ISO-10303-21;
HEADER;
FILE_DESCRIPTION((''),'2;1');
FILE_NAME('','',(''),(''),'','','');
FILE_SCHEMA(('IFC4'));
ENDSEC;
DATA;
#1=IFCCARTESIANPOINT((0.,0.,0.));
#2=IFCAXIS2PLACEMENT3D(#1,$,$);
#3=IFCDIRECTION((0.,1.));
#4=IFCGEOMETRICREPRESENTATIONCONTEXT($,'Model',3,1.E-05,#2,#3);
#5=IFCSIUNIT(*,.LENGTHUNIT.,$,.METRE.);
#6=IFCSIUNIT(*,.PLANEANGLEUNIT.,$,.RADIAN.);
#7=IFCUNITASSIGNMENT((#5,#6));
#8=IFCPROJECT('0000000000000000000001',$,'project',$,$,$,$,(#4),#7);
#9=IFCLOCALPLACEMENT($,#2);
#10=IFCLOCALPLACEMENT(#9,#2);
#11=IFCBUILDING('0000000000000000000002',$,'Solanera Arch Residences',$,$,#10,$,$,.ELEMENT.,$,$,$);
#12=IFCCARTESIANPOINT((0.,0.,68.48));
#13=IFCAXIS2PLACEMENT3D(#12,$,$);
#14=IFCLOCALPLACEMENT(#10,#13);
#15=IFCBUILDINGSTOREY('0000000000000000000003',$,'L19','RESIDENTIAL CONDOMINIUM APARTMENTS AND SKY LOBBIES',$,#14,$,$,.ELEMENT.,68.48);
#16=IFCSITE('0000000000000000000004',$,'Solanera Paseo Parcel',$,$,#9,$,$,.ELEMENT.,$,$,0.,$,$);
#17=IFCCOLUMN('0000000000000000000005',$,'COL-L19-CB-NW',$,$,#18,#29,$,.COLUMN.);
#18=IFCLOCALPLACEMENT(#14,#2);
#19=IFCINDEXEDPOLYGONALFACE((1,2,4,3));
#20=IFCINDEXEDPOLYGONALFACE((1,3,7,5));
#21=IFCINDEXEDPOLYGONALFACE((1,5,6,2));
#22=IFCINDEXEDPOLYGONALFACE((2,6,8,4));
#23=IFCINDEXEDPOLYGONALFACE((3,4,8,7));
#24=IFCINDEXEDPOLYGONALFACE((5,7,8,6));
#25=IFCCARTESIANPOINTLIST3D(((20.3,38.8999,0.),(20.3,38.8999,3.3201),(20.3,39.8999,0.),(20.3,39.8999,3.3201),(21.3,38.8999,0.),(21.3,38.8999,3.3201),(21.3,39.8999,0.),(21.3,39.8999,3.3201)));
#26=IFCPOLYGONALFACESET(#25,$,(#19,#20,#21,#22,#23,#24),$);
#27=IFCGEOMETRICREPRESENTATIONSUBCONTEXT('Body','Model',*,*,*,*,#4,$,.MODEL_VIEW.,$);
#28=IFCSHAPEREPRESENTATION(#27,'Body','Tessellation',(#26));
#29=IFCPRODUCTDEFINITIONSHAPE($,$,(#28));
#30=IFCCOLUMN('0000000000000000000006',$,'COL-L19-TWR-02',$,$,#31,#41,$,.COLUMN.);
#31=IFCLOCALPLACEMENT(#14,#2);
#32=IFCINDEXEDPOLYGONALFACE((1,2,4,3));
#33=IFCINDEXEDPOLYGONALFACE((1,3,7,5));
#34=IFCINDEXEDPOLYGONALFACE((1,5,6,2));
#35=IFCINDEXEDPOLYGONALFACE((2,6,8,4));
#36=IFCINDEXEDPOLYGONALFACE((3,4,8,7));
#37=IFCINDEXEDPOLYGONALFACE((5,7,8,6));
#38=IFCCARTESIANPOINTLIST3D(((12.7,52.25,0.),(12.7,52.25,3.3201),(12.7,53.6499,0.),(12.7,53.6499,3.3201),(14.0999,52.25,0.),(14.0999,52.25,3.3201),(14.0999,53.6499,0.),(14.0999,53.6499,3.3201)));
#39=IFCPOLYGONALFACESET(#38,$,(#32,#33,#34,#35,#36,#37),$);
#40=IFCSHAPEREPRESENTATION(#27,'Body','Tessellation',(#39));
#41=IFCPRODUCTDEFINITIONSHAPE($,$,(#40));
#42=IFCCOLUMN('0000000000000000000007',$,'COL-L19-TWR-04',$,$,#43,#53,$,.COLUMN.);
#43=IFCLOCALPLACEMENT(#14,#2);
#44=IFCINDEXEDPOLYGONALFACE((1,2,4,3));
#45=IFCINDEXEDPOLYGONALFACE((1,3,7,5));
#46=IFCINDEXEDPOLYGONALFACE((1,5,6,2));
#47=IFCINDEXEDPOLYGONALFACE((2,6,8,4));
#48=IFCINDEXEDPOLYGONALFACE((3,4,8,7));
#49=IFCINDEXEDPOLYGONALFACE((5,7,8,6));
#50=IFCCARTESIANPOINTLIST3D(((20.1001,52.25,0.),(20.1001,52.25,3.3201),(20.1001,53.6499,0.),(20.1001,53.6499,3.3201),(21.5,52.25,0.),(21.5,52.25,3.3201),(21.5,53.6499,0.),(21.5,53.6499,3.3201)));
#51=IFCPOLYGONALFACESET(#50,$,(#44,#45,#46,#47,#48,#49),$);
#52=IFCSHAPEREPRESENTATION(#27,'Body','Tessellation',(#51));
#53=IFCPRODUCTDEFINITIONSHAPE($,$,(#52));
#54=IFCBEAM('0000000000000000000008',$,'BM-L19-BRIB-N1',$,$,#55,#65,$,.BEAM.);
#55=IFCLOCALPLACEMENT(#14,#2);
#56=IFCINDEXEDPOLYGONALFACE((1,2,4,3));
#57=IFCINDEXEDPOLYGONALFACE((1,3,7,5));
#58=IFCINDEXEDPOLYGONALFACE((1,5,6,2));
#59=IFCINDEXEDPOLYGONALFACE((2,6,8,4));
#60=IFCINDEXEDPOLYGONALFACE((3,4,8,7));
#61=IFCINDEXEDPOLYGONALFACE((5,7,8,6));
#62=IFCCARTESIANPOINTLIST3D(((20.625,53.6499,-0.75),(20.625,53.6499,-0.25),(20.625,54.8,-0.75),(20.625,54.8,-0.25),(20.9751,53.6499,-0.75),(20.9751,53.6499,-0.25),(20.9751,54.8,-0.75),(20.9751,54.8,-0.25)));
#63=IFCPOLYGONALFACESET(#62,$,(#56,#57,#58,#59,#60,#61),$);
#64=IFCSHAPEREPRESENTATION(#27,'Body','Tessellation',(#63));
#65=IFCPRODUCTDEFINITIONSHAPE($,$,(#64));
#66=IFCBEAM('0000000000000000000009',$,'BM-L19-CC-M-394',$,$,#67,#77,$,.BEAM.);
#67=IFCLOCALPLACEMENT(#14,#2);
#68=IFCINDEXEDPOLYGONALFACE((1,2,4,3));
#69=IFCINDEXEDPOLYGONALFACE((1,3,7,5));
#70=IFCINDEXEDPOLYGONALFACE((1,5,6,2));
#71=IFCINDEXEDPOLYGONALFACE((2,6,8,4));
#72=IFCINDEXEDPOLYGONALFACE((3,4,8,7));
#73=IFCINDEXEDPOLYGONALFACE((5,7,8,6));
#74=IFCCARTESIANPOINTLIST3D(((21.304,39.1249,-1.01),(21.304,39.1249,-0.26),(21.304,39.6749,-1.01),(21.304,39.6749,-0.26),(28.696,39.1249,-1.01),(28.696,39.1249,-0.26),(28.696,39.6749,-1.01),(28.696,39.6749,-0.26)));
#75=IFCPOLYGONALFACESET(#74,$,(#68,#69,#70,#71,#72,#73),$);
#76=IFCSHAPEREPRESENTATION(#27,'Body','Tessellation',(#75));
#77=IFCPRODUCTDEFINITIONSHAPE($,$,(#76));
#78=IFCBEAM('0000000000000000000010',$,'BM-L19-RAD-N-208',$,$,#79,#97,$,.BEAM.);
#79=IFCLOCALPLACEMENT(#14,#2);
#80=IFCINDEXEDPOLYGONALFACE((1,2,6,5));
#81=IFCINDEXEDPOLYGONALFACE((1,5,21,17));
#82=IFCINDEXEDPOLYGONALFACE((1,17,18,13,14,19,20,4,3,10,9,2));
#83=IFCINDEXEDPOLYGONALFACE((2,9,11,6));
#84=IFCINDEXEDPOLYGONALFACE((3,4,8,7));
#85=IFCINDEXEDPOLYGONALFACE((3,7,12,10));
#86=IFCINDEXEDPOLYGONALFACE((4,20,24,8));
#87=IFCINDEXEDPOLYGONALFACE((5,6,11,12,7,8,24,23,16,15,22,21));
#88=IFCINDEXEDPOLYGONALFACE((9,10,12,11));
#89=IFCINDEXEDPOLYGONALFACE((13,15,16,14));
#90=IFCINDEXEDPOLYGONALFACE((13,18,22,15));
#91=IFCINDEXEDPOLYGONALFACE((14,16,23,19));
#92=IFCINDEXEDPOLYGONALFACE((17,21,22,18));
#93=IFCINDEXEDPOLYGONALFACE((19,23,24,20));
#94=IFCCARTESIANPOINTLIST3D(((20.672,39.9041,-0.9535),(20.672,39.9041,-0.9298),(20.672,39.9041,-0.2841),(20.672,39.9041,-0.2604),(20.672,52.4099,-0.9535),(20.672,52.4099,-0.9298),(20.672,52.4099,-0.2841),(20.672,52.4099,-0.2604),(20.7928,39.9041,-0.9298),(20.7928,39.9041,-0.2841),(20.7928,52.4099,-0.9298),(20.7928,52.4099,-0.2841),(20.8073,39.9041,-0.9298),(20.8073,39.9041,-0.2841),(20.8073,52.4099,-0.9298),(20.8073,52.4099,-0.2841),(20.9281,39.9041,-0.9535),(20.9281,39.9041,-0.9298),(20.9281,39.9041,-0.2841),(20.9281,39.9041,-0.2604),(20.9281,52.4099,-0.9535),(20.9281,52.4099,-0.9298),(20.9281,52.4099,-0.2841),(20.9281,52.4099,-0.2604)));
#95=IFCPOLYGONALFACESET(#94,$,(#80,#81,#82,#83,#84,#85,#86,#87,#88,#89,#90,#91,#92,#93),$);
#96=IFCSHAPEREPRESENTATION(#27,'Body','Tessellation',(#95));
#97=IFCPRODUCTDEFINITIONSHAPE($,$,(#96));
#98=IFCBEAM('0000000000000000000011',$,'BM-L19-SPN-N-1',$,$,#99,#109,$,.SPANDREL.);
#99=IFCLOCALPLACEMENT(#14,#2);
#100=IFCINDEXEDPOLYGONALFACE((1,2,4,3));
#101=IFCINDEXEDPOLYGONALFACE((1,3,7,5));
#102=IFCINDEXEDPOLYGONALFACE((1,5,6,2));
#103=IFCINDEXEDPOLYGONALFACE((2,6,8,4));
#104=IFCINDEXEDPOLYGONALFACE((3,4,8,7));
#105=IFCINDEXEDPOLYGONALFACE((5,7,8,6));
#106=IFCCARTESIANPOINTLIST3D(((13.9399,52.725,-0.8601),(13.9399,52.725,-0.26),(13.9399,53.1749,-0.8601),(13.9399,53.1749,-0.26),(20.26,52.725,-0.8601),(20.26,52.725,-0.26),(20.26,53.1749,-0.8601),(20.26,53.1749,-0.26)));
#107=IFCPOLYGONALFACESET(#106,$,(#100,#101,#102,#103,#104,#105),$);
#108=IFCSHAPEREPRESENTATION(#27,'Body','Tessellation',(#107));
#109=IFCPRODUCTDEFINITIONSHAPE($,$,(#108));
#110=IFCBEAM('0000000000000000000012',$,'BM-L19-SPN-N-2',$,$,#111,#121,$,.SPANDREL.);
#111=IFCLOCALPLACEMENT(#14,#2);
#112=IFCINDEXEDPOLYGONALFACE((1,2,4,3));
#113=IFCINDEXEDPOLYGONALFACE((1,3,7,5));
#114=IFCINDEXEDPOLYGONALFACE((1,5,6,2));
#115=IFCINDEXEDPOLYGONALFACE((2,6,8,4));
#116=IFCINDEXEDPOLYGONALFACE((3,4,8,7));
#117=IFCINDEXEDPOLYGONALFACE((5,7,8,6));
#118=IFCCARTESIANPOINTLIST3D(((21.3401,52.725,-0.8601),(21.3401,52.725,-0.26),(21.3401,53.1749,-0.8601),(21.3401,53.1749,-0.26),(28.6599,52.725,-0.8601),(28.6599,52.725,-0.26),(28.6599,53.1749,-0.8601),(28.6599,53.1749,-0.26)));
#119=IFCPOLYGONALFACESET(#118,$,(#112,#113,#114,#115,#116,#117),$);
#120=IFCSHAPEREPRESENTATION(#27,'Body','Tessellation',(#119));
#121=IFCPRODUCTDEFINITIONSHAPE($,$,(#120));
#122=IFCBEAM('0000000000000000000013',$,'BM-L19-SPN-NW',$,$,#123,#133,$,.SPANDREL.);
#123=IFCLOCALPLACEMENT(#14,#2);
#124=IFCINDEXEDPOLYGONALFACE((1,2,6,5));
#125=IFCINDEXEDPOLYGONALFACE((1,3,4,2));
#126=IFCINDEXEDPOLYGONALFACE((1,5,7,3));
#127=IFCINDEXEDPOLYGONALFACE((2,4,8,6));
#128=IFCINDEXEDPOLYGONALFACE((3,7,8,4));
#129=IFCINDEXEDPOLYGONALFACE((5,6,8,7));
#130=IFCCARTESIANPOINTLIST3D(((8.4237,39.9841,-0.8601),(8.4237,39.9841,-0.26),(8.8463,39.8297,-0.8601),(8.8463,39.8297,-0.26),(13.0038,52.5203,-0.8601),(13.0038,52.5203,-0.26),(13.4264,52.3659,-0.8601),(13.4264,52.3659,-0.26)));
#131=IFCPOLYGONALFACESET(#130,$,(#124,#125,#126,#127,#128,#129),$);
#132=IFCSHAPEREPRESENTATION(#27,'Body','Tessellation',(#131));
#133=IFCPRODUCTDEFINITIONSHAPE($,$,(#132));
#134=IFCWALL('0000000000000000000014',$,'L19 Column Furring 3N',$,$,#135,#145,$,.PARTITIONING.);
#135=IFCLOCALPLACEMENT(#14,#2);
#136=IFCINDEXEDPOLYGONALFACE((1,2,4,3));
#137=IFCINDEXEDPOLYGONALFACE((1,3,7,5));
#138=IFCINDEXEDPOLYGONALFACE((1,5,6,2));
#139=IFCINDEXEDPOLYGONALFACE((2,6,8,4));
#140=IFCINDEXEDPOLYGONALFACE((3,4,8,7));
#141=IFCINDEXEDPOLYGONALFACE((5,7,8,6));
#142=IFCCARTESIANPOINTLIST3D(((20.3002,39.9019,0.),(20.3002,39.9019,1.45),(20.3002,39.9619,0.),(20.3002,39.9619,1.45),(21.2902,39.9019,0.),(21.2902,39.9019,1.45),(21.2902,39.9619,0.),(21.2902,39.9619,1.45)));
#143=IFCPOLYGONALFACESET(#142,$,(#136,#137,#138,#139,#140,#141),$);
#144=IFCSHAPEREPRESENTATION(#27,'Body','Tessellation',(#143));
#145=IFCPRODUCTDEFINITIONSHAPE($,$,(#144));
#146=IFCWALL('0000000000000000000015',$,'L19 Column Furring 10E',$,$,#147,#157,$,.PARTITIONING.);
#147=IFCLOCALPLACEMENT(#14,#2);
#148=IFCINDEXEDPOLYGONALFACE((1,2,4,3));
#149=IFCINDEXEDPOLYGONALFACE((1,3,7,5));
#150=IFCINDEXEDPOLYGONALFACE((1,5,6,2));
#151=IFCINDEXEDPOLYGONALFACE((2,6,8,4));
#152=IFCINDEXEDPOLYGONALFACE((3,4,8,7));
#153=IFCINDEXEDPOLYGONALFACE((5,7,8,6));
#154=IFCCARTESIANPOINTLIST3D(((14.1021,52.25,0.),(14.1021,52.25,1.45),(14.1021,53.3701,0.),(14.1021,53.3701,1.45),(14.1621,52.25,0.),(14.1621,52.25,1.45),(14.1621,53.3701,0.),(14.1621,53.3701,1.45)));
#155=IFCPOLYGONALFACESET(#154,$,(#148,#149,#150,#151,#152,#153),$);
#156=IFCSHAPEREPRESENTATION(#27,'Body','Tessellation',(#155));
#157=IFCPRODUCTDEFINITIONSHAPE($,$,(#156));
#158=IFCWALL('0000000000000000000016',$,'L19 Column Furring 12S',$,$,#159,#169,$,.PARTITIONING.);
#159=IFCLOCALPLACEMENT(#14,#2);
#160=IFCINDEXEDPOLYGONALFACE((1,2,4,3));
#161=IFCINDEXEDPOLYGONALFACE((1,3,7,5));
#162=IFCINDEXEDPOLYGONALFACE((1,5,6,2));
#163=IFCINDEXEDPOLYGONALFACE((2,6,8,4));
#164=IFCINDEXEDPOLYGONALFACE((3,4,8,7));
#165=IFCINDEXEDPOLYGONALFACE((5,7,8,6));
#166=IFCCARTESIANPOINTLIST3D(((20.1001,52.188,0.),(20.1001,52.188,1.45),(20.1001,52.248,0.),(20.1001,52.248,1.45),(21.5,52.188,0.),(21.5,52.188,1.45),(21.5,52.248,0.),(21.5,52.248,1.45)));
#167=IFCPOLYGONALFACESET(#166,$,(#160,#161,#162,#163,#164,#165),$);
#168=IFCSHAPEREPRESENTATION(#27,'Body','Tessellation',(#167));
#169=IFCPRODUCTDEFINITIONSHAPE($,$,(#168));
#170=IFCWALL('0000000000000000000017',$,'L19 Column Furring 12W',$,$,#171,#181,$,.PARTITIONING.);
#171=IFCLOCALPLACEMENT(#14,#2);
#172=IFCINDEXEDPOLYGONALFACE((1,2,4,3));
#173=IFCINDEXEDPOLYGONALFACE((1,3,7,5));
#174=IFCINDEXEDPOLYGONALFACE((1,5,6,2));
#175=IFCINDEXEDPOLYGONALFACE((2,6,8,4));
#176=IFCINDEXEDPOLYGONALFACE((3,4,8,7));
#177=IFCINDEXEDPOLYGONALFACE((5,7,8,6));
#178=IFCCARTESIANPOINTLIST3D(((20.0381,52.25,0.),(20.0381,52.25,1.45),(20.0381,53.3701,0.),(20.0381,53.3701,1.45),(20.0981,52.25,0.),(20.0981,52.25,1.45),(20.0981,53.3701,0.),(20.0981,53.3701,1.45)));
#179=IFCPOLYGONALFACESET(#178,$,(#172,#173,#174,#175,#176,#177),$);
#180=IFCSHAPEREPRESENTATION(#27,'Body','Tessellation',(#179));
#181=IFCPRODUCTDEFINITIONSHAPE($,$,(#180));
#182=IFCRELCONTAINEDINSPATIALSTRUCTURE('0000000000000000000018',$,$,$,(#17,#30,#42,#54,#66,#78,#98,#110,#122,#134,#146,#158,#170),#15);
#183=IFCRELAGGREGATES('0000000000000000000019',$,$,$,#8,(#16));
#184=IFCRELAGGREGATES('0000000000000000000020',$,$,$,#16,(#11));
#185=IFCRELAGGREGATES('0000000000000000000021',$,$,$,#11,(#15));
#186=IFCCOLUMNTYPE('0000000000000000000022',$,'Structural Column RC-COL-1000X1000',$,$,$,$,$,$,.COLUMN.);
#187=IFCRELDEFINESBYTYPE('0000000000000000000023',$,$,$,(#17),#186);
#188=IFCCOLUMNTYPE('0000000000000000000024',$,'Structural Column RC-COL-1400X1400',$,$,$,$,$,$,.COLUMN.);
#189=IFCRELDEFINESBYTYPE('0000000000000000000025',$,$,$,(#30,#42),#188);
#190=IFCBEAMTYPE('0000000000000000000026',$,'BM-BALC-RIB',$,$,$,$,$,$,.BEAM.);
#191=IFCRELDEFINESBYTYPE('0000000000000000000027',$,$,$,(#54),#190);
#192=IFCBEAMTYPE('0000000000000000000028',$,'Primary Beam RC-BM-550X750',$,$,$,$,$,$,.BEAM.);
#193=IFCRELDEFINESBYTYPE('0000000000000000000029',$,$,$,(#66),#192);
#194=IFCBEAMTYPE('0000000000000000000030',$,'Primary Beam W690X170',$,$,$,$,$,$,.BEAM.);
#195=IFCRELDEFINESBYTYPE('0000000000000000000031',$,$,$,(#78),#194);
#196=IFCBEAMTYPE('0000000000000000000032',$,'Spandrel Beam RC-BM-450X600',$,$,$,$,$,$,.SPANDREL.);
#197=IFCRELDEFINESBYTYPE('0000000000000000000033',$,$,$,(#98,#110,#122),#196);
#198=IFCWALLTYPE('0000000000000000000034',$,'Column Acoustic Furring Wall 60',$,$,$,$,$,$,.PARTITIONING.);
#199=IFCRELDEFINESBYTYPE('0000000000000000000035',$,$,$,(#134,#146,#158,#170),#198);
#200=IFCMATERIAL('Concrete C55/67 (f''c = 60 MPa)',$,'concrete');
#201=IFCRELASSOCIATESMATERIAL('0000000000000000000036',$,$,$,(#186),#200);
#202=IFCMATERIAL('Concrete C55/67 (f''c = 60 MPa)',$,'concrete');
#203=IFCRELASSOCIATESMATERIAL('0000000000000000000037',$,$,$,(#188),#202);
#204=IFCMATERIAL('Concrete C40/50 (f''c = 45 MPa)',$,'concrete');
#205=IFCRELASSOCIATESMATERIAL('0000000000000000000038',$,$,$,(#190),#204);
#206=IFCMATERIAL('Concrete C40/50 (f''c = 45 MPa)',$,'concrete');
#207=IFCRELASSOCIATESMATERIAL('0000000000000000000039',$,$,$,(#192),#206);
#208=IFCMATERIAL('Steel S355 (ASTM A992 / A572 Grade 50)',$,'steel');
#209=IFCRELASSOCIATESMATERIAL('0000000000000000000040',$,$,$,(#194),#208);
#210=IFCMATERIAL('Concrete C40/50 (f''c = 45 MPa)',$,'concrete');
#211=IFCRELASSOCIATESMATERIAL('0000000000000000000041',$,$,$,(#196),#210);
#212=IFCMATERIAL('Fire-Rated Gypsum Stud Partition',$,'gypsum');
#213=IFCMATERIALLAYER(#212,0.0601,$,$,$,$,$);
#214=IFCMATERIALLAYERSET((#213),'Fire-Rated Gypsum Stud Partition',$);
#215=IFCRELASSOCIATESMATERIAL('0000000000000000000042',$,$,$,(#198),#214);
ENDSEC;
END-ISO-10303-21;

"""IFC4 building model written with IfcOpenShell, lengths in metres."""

from ifc_helpers import new_model, si_unit, direction, frame, frame_2d, origin, origin_2d, place, context, subcontext, project, spatial, rectangle, i_section, extrude, material, layer, layer_set, material_profile, profile_set, type_object, element, save


model = new_model("IFC4")

# Units and contexts
model_context = context("Model", 3, precision=1e-05, world=origin(), true_north=direction((0.0, 1.0)))
body_context = subcontext(model_context, "Body", "Model", "MODEL_VIEW")
ifc_project = project(units=[si_unit("LENGTHUNIT", "METRE"), si_unit("PLANEANGLEUNIT", "RADIAN")], contexts=[model_context])

# Site, building, storey
site_placement = place(None, origin())
site = spatial("IfcSite", under=ifc_project, at=site_placement, Name="Solanera Paseo Parcel", CompositionType="ELEMENT", RefElevation=0.0)
building_placement = place(site_placement, origin())
building = spatial("IfcBuilding", under=site, at=building_placement, Name="Solanera Arch Residences", CompositionType="ELEMENT")
storey_placement = place(building_placement, frame((0.0, 0.0, 68.48)))
storey = spatial("IfcBuildingStorey", under=building, at=storey_placement, Name="L19", Description="RESIDENTIAL CONDOMINIUM APARTMENTS AND SKY LOBBIES", CompositionType="ELEMENT", Elevation=68.48)

# Columns
ifc_material_1 = material(Name="Concrete C55/67 (f'c = 60 MPa)", Category="concrete")
ifc_material_profile_1 = material_profile(ifc_material_1, rectangle(XDim=1.0, YDim=1.0, at=origin_2d()))
ifc_profile_set_1 = profile_set([ifc_material_profile_1], Name="Concrete C55/67 (f'c = 60 MPa)")
column_type_1 = type_object("IfcColumnType", Name="Structural Column RC-COL-1000X1000", PredefinedType="COLUMN", material=ifc_profile_set_1)
column_placement = place(storey_placement, frame((20.8, 39.3999, 0.0), z_axis=(0.0, 0.0, 1.0), x_axis=(1.0, 0.0, 0.0)))
element("IfcColumn", 1, at=column_placement, inside=storey, type_object=column_type_1, Name="COL-L19-CB-NW", PredefinedType="COLUMN", context=body_context, shape_type="SweptSolid", body=[
    extrude(rectangle(XDim=1.0, YDim=1.0, at=origin_2d()), origin(), (0.0, 0.0, 1.0), 3.3201),
])
ifc_material_2 = material(Name="Concrete C55/67 (f'c = 60 MPa)", Category="concrete")
ifc_material_profile_2 = material_profile(ifc_material_2, rectangle(XDim=1.3999, YDim=1.3999, at=origin_2d()))
ifc_profile_set_2 = profile_set([ifc_material_profile_2], Name="Concrete C55/67 (f'c = 60 MPa)")
column_type_2 = type_object("IfcColumnType", Name="Structural Column RC-COL-1400X1400", PredefinedType="COLUMN", material=ifc_profile_set_2)
for number, where, z_axis, x_axis, name in (
    (2, (13.3999, 52.95, 0.0), (0.0, 0.0, 1.0), (1.0, 0.0, 0.0), "COL-L19-TWR-02"),
    (3, (20.8, 52.95, 0.0), (0.0, 0.0, 1.0), (1.0, 0.0, 0.0), "COL-L19-TWR-04"),
):
    element("IfcColumn", number, at=place(storey_placement, frame(where, z_axis=z_axis, x_axis=x_axis)), inside=storey, type_object=column_type_2, Name=name, PredefinedType="COLUMN", context=body_context, shape_type="SweptSolid", body=[
        extrude(rectangle(XDim=1.3999, YDim=1.3999, at=origin_2d()), origin(), (0.0, 0.0, 1.0), 3.3201),
    ])

# Beams
ifc_material_3 = material(Name="Concrete C40/50 (f'c = 45 MPa)", Category="concrete")
ifc_material_profile_3 = material_profile(ifc_material_3, rectangle(XDim=0.3501, YDim=0.5, at=origin_2d()))
ifc_profile_set_3 = profile_set([ifc_material_profile_3], Name="Concrete C40/50 (f'c = 45 MPa)")
beam_type_1 = type_object("IfcBeamType", Name="BM-BALC-RIB", PredefinedType="BEAM", material=ifc_profile_set_3)
beam_1_placement = place(storey_placement, frame((20.8, 53.6499, -0.5), z_axis=(0.0, 1.0, 0.0), x_axis=(-1.0, 0.0, 0.0)))
element("IfcBeam", 4, at=beam_1_placement, inside=storey, type_object=beam_type_1, Name="BM-L19-BRIB-N1", PredefinedType="BEAM", context=body_context, shape_type="SweptSolid", body=[
    extrude(rectangle(XDim=0.3501, YDim=0.5, at=origin_2d()), origin(), (0.0, 0.0, 1.0), 1.1501),
])
ifc_material_4 = material(Name="Concrete C40/50 (f'c = 45 MPa)", Category="concrete")
ifc_material_profile_4 = material_profile(ifc_material_4, rectangle(XDim=0.55, YDim=0.75, at=origin_2d()))
ifc_profile_set_4 = profile_set([ifc_material_profile_4], Name="Concrete C40/50 (f'c = 45 MPa)")
beam_type_2 = type_object("IfcBeamType", Name="Primary Beam RC-BM-550X750", PredefinedType="BEAM", material=ifc_profile_set_4)
beam_2_placement = place(storey_placement, frame((21.304, 39.3999, -0.635), z_axis=(1.0, 0.0, 0.0), x_axis=(0.0, 1.0, 0.0)))
element("IfcBeam", 5, at=beam_2_placement, inside=storey, type_object=beam_type_2, Name="BM-L19-CC-M-394", PredefinedType="BEAM", context=body_context, shape_type="SweptSolid", body=[
    extrude(rectangle(XDim=0.55, YDim=0.75, at=origin_2d()), origin(), (0.0, 0.0, 1.0), 7.3921),
])
ifc_material_5 = material(Name="Steel S355 (ASTM A992 / A572 Grade 50)", Category="steel")
ifc_material_profile_5 = material_profile(ifc_material_5, i_section(OverallWidth=0.2561, OverallDepth=0.6931, WebThickness=0.0144, FlangeThickness=0.0237, at=origin_2d()))
ifc_profile_set_5 = profile_set([ifc_material_profile_5], Name="Steel S355 (ASTM A992 / A572 Grade 50)")
beam_type_3 = type_object("IfcBeamType", Name="Primary Beam W690X170", PredefinedType="BEAM", material=ifc_profile_set_5)
beam_3_placement = place(storey_placement, frame((20.8, 39.9041, -0.6069), z_axis=(0.0, 1.0, 0.0), x_axis=(-1.0, 0.0, 0.0)))
element("IfcBeam", 6, at=beam_3_placement, inside=storey, type_object=beam_type_3, Name="BM-L19-RAD-N-208", PredefinedType="BEAM", context=body_context, shape_type="SweptSolid", body=[
    extrude(i_section(OverallWidth=0.2561, OverallDepth=0.6931, WebThickness=0.0144, FlangeThickness=0.0237, at=origin_2d()), origin(), (0.0, 0.0, 1.0), 12.5059),
])
ifc_material_6 = material(Name="Concrete C40/50 (f'c = 45 MPa)", Category="concrete")
ifc_material_profile_6 = material_profile(ifc_material_6, rectangle(XDim=0.45, YDim=0.6001, at=origin_2d()))
ifc_profile_set_6 = profile_set([ifc_material_profile_6], Name="Concrete C40/50 (f'c = 45 MPa)")
beam_type_4 = type_object("IfcBeamType", Name="Spandrel Beam RC-BM-450X600", PredefinedType="SPANDREL", material=ifc_profile_set_6)
beam_4_placement = place(storey_placement, frame((13.9399, 52.95, -0.5601), z_axis=(1.0, 0.0, 0.0), x_axis=(0.0, 1.0, 0.0)))
element("IfcBeam", 7, at=beam_4_placement, inside=storey, type_object=beam_type_4, Name="BM-L19-SPN-N-1", PredefinedType="SPANDREL", context=body_context, shape_type="SweptSolid", body=[
    extrude(rectangle(XDim=0.45, YDim=0.6001, at=origin_2d()), origin(), (0.0, 0.0, 1.0), 6.3201),
])
beam_5_placement = place(storey_placement, frame((21.3401, 52.95, -0.5601), z_axis=(1.0, 0.0, 0.0), x_axis=(0.0, 1.0, 0.0)))
element("IfcBeam", 8, at=beam_5_placement, inside=storey, type_object=beam_type_4, Name="BM-L19-SPN-N-2", PredefinedType="SPANDREL", context=body_context, shape_type="SweptSolid", body=[
    extrude(rectangle(XDim=0.45, YDim=0.6001, at=origin_2d()), origin(), (0.0, 0.0, 1.0), 7.3198),
])
beam_6_placement = place(storey_placement, frame((13.2151, 52.4431, -0.5601), z_axis=(-0.343164, -0.939275, 0.0), x_axis=(0.939275, -0.343164, 0.0)))
element("IfcBeam", 9, at=beam_6_placement, inside=storey, type_object=beam_type_4, Name="BM-L19-SPN-NW", PredefinedType="SPANDREL", context=body_context, shape_type="SweptSolid", body=[
    extrude(rectangle(XDim=0.45, YDim=0.6001, at=origin_2d()), origin(), (0.0, 0.0, 1.0), 13.3467),
])

# Walls
ifc_material_7 = material(Name="Fire-Rated Gypsum Stud Partition", Category="gypsum")
ifc_layer_1 = layer(ifc_material_7, 0.0601)
ifc_layer_set_1 = layer_set([ifc_layer_1], Name="Fire-Rated Gypsum Stud Partition")
wall_type_1 = type_object("IfcWallType", Name="Column Acoustic Furring Wall 60", PredefinedType="PARTITIONING", material=ifc_layer_set_1)
wall_1_placement = place(storey_placement, frame((20.3, 39.9319, 0.0), z_axis=(0.0, 0.0, 1.0), x_axis=(1.0, 0.0, 0.0)))
element("IfcWall", 10, at=wall_1_placement, inside=storey, type_object=wall_type_1, Name="L19 Column Furring 3N", PredefinedType="PARTITIONING", context=body_context, shape_type="SweptSolid", body=[
    extrude(rectangle(XDim=0.99, YDim=0.0601, at=frame_2d((0.4951, 0.0))), origin(), (0.0, 0.0, 1.0), 1.45),
])
wall_2_placement = place(storey_placement, frame((14.1321, 52.25, 0.0), z_axis=(0.0, 0.0, 1.0), x_axis=(0.0, 1.0, 0.0)))
element("IfcWall", 11, at=wall_2_placement, inside=storey, type_object=wall_type_1, Name="L19 Column Furring 10E", PredefinedType="PARTITIONING", context=body_context, shape_type="SweptSolid", body=[
    extrude(rectangle(XDim=1.1201, YDim=0.0601, at=frame_2d((0.5601, 0.0))), origin(), (0.0, 0.0, 1.0), 1.45),
])
wall_3_placement = place(storey_placement, frame((20.1001, 52.218, 0.0), z_axis=(0.0, 0.0, 1.0), x_axis=(1.0, 0.0, 0.0)))
element("IfcWall", 12, at=wall_3_placement, inside=storey, type_object=wall_type_1, Name="L19 Column Furring 12S", PredefinedType="PARTITIONING", context=body_context, shape_type="SweptSolid", body=[
    extrude(rectangle(XDim=1.3999, YDim=0.0601, at=frame_2d((0.7, 0.0))), origin(), (0.0, 0.0, 1.0), 1.45),
])
for number, where, z_axis, x_axis, name in (
    (13, (20.0681, 52.25, 0.0), (0.0, 0.0, 1.0), (0.0, 1.0, 0.0), "L19 Column Furring 12W"),
):
    element("IfcWall", number, at=place(storey_placement, frame(where, z_axis=z_axis, x_axis=x_axis)), inside=storey, type_object=wall_type_1, Name=name, PredefinedType="PARTITIONING", context=body_context, shape_type="SweptSolid", body=[
        extrude(rectangle(XDim=1.1201, YDim=0.0601, at=frame_2d((0.5601, 0.0))), origin(), (0.0, 0.0, 1.0), 1.45),
    ])

save(model, "model.ifc")
